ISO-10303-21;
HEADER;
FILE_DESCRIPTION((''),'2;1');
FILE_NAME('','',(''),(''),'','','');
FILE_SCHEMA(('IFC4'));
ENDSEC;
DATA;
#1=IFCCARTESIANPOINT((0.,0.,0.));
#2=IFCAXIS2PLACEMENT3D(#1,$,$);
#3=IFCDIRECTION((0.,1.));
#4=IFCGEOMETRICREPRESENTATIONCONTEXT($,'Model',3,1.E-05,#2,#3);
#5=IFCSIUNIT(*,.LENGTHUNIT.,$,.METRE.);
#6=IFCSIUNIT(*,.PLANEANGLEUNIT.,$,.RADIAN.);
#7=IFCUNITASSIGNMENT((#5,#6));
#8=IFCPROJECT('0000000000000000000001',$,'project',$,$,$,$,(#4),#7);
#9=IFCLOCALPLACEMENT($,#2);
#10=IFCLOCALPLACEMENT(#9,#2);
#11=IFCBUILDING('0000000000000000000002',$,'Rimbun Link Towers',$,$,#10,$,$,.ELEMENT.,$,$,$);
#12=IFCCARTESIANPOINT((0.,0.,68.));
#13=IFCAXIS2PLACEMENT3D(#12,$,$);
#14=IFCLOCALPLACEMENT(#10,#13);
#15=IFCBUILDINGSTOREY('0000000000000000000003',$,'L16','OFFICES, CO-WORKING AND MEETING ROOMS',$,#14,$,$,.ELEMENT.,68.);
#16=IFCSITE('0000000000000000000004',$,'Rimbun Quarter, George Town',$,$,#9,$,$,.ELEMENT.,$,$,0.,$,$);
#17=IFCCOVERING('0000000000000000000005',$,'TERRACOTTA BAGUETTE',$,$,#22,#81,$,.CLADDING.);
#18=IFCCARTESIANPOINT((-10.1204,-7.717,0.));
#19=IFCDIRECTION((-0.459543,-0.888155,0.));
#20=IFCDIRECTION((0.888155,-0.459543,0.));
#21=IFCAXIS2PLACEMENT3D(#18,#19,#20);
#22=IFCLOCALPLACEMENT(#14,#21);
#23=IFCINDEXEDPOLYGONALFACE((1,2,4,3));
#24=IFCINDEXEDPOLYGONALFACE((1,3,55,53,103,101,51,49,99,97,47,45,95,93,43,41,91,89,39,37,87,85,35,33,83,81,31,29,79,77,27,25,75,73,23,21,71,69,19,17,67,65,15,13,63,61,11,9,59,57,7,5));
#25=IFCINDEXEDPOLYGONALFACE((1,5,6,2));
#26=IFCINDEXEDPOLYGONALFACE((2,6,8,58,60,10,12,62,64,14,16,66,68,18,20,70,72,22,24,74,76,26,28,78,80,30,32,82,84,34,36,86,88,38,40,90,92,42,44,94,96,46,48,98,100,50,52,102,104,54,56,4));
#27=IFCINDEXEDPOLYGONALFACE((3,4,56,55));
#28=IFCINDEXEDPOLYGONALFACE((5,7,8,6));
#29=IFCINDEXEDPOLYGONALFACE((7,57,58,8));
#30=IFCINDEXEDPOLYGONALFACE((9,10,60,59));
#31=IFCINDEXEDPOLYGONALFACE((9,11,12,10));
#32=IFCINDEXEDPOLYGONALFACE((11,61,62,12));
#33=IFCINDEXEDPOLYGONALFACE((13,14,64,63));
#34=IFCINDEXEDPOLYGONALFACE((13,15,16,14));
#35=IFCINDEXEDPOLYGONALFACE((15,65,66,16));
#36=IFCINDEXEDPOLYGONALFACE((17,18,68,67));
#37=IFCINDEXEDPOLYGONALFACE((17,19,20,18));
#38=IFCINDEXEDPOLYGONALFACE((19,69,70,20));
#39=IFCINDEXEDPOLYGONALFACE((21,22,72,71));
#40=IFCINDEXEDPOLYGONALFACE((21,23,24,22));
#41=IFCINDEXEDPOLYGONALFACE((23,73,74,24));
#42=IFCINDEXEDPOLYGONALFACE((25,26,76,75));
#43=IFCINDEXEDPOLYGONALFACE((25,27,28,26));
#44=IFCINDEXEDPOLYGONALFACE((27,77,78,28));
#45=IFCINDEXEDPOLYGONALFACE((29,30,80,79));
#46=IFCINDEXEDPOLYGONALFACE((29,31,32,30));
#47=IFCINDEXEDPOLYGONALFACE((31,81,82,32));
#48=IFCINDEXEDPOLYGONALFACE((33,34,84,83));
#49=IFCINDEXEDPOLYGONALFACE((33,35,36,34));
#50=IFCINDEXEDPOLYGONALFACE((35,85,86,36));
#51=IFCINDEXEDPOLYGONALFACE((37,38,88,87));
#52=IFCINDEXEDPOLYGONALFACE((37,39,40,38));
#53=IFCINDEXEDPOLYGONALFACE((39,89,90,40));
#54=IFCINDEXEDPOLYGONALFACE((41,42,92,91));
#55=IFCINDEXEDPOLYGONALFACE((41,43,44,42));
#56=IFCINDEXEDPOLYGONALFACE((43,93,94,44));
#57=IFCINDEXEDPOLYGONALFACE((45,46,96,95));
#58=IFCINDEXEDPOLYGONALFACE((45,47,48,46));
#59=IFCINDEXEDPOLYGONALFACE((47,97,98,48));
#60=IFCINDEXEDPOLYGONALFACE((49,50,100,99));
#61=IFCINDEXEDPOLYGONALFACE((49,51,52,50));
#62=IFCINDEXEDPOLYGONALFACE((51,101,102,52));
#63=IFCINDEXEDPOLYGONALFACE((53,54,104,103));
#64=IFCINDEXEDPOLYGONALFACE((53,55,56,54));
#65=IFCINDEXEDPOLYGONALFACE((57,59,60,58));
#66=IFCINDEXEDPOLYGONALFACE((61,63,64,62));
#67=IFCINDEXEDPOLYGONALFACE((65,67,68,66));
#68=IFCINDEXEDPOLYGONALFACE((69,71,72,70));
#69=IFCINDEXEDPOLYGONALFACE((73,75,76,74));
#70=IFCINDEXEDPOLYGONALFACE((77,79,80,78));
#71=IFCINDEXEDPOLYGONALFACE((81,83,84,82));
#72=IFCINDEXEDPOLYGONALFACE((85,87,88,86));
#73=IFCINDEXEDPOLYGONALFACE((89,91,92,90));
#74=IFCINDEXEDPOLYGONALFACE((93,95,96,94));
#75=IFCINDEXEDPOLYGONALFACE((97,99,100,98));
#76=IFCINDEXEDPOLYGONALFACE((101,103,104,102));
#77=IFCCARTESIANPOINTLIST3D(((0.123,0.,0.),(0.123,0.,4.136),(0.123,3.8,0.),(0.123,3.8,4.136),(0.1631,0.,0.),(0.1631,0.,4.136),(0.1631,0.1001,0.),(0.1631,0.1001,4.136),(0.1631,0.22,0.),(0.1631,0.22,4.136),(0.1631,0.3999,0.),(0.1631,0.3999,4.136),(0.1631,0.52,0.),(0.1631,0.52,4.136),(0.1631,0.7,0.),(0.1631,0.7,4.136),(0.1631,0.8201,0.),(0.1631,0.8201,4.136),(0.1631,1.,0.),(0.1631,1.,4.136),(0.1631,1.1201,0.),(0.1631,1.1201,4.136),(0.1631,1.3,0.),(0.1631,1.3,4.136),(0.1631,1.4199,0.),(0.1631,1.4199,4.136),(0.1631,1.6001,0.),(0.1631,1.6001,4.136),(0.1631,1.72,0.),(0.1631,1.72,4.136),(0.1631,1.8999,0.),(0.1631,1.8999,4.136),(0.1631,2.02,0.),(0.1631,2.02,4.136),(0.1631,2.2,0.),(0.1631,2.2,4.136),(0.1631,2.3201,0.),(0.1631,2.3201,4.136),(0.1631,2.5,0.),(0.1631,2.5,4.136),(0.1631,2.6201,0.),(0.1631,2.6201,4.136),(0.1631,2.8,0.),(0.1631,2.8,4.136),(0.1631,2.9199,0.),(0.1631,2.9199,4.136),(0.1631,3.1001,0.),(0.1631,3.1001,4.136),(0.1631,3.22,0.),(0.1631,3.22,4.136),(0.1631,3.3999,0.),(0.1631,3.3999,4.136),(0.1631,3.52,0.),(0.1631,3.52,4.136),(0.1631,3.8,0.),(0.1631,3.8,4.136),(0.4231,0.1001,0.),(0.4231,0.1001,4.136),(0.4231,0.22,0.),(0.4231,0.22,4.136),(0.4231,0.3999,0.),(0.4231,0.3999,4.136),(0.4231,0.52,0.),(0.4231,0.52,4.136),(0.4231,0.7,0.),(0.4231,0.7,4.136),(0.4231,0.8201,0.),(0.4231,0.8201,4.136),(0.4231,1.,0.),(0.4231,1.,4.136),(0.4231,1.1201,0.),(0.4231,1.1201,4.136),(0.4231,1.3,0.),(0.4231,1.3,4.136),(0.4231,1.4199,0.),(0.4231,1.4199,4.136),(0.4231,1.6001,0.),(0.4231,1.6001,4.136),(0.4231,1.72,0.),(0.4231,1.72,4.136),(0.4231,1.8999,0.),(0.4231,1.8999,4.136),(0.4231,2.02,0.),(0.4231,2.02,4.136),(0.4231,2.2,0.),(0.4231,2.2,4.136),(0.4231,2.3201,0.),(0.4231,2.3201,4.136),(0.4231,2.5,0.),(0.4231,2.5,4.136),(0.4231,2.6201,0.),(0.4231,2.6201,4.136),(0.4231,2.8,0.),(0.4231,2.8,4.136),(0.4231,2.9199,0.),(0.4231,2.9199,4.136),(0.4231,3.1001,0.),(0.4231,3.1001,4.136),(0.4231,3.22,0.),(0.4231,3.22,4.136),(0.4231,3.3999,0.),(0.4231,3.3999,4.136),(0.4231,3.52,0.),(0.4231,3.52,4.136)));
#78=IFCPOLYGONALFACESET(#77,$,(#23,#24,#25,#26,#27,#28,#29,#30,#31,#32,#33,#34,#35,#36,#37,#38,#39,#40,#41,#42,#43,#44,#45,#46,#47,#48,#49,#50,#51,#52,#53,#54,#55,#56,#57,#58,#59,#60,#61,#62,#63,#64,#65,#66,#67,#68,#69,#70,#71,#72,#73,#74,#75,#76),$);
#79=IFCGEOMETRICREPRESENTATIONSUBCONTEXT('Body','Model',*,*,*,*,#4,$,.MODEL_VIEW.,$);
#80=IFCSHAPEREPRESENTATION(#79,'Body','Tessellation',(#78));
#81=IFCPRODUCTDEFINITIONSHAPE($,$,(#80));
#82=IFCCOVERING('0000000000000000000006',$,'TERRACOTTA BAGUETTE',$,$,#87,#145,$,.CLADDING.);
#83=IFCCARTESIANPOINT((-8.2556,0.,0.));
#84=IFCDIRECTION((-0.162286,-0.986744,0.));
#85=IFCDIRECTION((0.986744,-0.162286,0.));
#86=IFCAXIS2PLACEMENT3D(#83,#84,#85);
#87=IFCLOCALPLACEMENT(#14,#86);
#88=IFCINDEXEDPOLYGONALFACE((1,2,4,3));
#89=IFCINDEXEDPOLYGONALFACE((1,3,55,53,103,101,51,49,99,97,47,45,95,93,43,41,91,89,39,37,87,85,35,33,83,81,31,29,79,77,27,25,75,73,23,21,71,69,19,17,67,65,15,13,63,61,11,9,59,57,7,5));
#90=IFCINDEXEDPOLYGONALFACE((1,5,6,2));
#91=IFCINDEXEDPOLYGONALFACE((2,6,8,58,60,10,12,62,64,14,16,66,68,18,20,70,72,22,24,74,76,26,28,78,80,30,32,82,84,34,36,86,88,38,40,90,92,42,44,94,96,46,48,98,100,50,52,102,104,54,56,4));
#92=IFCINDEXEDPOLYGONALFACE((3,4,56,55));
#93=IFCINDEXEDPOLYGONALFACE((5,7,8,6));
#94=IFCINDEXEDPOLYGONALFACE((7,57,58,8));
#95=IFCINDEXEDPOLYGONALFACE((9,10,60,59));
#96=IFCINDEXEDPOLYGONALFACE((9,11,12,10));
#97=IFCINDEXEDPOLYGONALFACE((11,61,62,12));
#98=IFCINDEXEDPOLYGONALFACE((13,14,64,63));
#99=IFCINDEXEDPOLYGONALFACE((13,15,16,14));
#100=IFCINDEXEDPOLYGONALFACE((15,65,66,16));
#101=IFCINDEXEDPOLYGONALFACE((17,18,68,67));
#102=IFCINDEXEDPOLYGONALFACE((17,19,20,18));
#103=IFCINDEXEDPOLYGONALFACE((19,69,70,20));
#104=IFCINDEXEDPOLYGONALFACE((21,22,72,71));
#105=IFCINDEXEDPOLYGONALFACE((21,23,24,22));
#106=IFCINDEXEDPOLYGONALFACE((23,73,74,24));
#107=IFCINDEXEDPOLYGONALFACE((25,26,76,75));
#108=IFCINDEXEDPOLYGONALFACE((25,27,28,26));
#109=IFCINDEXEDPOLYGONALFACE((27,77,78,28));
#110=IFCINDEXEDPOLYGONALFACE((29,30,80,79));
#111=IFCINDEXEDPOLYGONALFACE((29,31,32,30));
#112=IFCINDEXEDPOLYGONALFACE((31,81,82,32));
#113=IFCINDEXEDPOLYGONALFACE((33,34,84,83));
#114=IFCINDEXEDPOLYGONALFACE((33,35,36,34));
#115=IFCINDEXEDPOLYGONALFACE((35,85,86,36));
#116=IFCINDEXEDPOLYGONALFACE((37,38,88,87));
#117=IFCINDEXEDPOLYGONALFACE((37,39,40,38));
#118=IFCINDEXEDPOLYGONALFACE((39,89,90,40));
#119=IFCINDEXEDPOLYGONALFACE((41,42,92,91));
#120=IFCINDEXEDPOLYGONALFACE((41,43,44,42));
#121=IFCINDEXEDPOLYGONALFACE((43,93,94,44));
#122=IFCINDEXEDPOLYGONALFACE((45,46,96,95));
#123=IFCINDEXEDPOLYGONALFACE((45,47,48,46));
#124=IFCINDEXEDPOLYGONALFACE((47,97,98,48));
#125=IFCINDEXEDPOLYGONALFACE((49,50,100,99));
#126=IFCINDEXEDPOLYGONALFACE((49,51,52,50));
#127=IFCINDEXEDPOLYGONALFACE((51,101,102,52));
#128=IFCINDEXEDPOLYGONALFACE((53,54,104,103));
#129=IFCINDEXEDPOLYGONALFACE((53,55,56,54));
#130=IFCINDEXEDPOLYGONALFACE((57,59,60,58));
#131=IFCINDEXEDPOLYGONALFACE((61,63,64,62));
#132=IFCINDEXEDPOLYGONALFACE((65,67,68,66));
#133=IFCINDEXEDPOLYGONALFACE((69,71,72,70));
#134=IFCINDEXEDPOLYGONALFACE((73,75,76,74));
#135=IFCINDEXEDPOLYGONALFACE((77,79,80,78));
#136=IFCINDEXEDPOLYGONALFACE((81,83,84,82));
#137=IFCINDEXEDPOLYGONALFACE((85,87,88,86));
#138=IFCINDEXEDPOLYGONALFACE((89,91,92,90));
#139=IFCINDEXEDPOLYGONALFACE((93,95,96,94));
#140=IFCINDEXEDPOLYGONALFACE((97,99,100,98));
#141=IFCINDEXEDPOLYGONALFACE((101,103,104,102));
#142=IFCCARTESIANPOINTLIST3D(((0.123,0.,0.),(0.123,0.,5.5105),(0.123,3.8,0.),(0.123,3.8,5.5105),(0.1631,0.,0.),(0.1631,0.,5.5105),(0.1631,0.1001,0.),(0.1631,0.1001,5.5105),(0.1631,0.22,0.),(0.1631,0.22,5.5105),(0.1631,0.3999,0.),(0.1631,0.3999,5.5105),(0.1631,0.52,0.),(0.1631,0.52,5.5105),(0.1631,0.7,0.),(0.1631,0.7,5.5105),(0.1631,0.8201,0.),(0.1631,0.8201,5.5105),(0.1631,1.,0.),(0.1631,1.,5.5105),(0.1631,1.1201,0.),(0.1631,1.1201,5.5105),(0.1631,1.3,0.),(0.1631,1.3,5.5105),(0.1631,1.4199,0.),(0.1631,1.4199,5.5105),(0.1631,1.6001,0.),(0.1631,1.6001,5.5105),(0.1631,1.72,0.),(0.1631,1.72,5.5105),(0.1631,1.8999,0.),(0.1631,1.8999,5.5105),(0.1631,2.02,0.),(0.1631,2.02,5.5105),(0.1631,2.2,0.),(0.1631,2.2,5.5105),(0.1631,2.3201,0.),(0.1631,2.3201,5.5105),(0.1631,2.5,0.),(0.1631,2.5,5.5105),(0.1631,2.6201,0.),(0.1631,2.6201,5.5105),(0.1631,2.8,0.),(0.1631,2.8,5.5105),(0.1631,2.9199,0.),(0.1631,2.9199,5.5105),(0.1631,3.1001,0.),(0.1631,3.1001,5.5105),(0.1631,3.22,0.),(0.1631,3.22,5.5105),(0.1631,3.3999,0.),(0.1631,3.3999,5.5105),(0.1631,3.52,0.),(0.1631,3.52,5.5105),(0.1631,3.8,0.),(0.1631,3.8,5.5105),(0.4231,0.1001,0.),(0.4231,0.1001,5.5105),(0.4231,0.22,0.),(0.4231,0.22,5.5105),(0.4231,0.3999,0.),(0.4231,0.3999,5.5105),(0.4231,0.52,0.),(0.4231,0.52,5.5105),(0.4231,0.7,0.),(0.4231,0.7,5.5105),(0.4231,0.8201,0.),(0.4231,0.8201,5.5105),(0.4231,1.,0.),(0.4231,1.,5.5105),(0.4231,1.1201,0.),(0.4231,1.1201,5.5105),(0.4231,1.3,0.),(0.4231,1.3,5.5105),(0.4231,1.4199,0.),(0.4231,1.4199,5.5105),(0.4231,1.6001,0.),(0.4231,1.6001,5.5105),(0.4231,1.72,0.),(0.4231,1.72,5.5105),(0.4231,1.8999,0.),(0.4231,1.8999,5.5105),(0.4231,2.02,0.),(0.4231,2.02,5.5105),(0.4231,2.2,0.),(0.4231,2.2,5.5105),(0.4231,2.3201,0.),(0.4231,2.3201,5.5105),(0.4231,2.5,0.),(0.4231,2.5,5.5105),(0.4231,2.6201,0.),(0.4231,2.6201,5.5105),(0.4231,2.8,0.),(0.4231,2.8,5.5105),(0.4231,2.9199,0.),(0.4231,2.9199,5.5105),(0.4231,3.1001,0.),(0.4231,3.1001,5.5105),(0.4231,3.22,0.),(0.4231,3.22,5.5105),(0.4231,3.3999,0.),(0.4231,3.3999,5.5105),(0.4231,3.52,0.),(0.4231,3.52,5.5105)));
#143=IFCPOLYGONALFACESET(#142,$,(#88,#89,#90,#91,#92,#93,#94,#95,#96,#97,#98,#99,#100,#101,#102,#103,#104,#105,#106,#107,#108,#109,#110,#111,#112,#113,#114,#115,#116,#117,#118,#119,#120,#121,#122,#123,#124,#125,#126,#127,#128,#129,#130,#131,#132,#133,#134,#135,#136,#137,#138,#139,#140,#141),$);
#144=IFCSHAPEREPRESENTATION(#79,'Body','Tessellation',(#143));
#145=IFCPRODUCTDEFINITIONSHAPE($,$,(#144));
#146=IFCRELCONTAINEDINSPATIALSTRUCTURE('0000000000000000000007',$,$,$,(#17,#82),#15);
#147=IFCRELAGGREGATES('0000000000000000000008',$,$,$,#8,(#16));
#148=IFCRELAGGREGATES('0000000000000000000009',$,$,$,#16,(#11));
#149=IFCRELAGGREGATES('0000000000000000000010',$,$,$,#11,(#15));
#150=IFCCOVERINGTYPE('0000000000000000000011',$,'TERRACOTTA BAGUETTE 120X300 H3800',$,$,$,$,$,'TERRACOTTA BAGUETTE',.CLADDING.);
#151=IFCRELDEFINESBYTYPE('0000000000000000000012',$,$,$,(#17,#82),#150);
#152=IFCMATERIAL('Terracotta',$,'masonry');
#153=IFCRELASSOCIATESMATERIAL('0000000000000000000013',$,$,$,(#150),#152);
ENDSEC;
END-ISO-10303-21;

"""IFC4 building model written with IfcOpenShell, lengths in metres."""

from ifc_helpers import new_model, si_unit, direction, frame, origin, place, context, subcontext, project, spatial, polyline, outline, extrude, material, material_profile, profile_set, type_object, element, save


model = new_model("IFC4")

# Units and contexts
model_context = context("Model", 3, precision=1e-05, world=origin(), true_north=direction((0.0, 1.0)))
body_context = subcontext(model_context, "Body", "Model", "MODEL_VIEW")
ifc_project = project(units=[si_unit("LENGTHUNIT", "METRE"), si_unit("PLANEANGLEUNIT", "RADIAN")], contexts=[model_context])

# Site, building, storey
site_placement = place(None, origin())
site = spatial("IfcSite", under=ifc_project, at=site_placement, Name="Rimbun Quarter, George Town", CompositionType="ELEMENT", RefElevation=0.0)
building_placement = place(site_placement, origin())
building = spatial("IfcBuilding", under=site, at=building_placement, Name="Rimbun Link Towers", CompositionType="ELEMENT")
storey_placement = place(building_placement, frame((0.0, 0.0, 68.0)))
storey = spatial("IfcBuildingStorey", under=building, at=storey_placement, Name="L16", Description="OFFICES, CO-WORKING AND MEETING ROOMS", CompositionType="ELEMENT", Elevation=68.0)

# Coverings
ifc_material_1 = material(Name="Terracotta", Category="masonry")
ifc_material_profile_1 = material_profile(ifc_material_1, outline(polyline([(0.123, 0.0), (0.1631, 0.0), (0.1631, 0.1001), (0.4231, 0.1001), (0.4231, 0.22), (0.1631, 0.22), (0.1631, 0.3999), (0.4231, 0.3999), (0.4231, 0.52), (0.1631, 0.52), (0.1631, 0.7), (0.4231, 0.7), (0.4231, 0.8201), (0.1631, 0.8201), (0.1631, 1.0), (0.4231, 1.0), (0.4231, 1.1201), (0.1631, 1.1201), (0.1631, 1.3), (0.4231, 1.3), (0.4231, 1.4199), (0.1631, 1.4199), (0.1631, 1.6001), (0.4231, 1.6001), (0.4231, 1.72), (0.1631, 1.72), (0.1631, 1.8999), (0.4231, 1.8999), (0.4231, 2.02), (0.1631, 2.02), (0.1631, 2.2), (0.4231, 2.2), (0.4231, 2.3201), (0.1631, 2.3201), (0.1631, 2.5), (0.4231, 2.5), (0.4231, 2.6201), (0.1631, 2.6201), (0.1631, 2.8), (0.4231, 2.8), (0.4231, 2.9199), (0.1631, 2.9199), (0.1631, 3.1001), (0.4231, 3.1001), (0.4231, 3.22), (0.1631, 3.22), (0.1631, 3.3999), (0.4231, 3.3999), (0.4231, 3.52), (0.1631, 3.52), (0.1631, 3.8), (0.123, 3.8), (0.123, 0.0)])), Name="BAGUETTE 120X300")
ifc_profile_set_1 = profile_set([ifc_material_profile_1], Name="Terracotta")
covering_type = type_object("IfcCoveringType", Name="TERRACOTTA BAGUETTE 120X300 H3800", ElementType="TERRACOTTA BAGUETTE", PredefinedType="CLADDING", material=ifc_profile_set_1)
covering_1_placement = place(storey_placement, frame((-10.1204, -7.717, 0.0), z_axis=(-0.459543, -0.888155, 0.0), x_axis=(0.888155, -0.459543, 0.0)))
element("IfcCovering", 1, at=covering_1_placement, inside=storey, type_object=covering_type, Name="TERRACOTTA BAGUETTE", PredefinedType="CLADDING", context=body_context, shape_type="SweptSolid", body=[
    extrude(outline(polyline([(0.123, 0.0), (0.1631, 0.0), (0.1631, 0.1001), (0.4231, 0.1001), (0.4231, 0.22), (0.1631, 0.22), (0.1631, 0.3999), (0.4231, 0.3999), (0.4231, 0.52), (0.1631, 0.52), (0.1631, 0.7), (0.4231, 0.7), (0.4231, 0.8201), (0.1631, 0.8201), (0.1631, 1.0), (0.4231, 1.0), (0.4231, 1.1201), (0.1631, 1.1201), (0.1631, 1.3), (0.4231, 1.3), (0.4231, 1.4199), (0.1631, 1.4199), (0.1631, 1.6001), (0.4231, 1.6001), (0.4231, 1.72), (0.1631, 1.72), (0.1631, 1.8999), (0.4231, 1.8999), (0.4231, 2.02), (0.1631, 2.02), (0.1631, 2.2), (0.4231, 2.2), (0.4231, 2.3201), (0.1631, 2.3201), (0.1631, 2.5), (0.4231, 2.5), (0.4231, 2.6201), (0.1631, 2.6201), (0.1631, 2.8), (0.4231, 2.8), (0.4231, 2.9199), (0.1631, 2.9199), (0.1631, 3.1001), (0.4231, 3.1001), (0.4231, 3.22), (0.1631, 3.22), (0.1631, 3.3999), (0.4231, 3.3999), (0.4231, 3.52), (0.1631, 3.52), (0.1631, 3.8), (0.123, 3.8), (0.123, 0.0)])), origin(), (0.0, 0.0, 1.0), 4.136),
])
covering_2_placement = place(storey_placement, frame((-8.2556, 0.0, 0.0), z_axis=(-0.162286, -0.986744, 0.0), x_axis=(0.986744, -0.162286, 0.0)))
element("IfcCovering", 2, at=covering_2_placement, inside=storey, type_object=covering_type, Name="TERRACOTTA BAGUETTE", PredefinedType="CLADDING", context=body_context, shape_type="SweptSolid", body=[
    extrude(outline(polyline([(0.123, 0.0), (0.1631, 0.0), (0.1631, 0.1001), (0.4231, 0.1001), (0.4231, 0.22), (0.1631, 0.22), (0.1631, 0.3999), (0.4231, 0.3999), (0.4231, 0.52), (0.1631, 0.52), (0.1631, 0.7), (0.4231, 0.7), (0.4231, 0.8201), (0.1631, 0.8201), (0.1631, 1.0), (0.4231, 1.0), (0.4231, 1.1201), (0.1631, 1.1201), (0.1631, 1.3), (0.4231, 1.3), (0.4231, 1.4199), (0.1631, 1.4199), (0.1631, 1.6001), (0.4231, 1.6001), (0.4231, 1.72), (0.1631, 1.72), (0.1631, 1.8999), (0.4231, 1.8999), (0.4231, 2.02), (0.1631, 2.02), (0.1631, 2.2), (0.4231, 2.2), (0.4231, 2.3201), (0.1631, 2.3201), (0.1631, 2.5), (0.4231, 2.5), (0.4231, 2.6201), (0.1631, 2.6201), (0.1631, 2.8), (0.4231, 2.8), (0.4231, 2.9199), (0.1631, 2.9199), (0.1631, 3.1001), (0.4231, 3.1001), (0.4231, 3.22), (0.1631, 3.22), (0.1631, 3.3999), (0.4231, 3.3999), (0.4231, 3.52), (0.1631, 3.52), (0.1631, 3.8), (0.123, 3.8), (0.123, 0.0)])), origin(), (0.0, 0.0, 1.0), 5.5105),
])

save(model, "model.ifc")
